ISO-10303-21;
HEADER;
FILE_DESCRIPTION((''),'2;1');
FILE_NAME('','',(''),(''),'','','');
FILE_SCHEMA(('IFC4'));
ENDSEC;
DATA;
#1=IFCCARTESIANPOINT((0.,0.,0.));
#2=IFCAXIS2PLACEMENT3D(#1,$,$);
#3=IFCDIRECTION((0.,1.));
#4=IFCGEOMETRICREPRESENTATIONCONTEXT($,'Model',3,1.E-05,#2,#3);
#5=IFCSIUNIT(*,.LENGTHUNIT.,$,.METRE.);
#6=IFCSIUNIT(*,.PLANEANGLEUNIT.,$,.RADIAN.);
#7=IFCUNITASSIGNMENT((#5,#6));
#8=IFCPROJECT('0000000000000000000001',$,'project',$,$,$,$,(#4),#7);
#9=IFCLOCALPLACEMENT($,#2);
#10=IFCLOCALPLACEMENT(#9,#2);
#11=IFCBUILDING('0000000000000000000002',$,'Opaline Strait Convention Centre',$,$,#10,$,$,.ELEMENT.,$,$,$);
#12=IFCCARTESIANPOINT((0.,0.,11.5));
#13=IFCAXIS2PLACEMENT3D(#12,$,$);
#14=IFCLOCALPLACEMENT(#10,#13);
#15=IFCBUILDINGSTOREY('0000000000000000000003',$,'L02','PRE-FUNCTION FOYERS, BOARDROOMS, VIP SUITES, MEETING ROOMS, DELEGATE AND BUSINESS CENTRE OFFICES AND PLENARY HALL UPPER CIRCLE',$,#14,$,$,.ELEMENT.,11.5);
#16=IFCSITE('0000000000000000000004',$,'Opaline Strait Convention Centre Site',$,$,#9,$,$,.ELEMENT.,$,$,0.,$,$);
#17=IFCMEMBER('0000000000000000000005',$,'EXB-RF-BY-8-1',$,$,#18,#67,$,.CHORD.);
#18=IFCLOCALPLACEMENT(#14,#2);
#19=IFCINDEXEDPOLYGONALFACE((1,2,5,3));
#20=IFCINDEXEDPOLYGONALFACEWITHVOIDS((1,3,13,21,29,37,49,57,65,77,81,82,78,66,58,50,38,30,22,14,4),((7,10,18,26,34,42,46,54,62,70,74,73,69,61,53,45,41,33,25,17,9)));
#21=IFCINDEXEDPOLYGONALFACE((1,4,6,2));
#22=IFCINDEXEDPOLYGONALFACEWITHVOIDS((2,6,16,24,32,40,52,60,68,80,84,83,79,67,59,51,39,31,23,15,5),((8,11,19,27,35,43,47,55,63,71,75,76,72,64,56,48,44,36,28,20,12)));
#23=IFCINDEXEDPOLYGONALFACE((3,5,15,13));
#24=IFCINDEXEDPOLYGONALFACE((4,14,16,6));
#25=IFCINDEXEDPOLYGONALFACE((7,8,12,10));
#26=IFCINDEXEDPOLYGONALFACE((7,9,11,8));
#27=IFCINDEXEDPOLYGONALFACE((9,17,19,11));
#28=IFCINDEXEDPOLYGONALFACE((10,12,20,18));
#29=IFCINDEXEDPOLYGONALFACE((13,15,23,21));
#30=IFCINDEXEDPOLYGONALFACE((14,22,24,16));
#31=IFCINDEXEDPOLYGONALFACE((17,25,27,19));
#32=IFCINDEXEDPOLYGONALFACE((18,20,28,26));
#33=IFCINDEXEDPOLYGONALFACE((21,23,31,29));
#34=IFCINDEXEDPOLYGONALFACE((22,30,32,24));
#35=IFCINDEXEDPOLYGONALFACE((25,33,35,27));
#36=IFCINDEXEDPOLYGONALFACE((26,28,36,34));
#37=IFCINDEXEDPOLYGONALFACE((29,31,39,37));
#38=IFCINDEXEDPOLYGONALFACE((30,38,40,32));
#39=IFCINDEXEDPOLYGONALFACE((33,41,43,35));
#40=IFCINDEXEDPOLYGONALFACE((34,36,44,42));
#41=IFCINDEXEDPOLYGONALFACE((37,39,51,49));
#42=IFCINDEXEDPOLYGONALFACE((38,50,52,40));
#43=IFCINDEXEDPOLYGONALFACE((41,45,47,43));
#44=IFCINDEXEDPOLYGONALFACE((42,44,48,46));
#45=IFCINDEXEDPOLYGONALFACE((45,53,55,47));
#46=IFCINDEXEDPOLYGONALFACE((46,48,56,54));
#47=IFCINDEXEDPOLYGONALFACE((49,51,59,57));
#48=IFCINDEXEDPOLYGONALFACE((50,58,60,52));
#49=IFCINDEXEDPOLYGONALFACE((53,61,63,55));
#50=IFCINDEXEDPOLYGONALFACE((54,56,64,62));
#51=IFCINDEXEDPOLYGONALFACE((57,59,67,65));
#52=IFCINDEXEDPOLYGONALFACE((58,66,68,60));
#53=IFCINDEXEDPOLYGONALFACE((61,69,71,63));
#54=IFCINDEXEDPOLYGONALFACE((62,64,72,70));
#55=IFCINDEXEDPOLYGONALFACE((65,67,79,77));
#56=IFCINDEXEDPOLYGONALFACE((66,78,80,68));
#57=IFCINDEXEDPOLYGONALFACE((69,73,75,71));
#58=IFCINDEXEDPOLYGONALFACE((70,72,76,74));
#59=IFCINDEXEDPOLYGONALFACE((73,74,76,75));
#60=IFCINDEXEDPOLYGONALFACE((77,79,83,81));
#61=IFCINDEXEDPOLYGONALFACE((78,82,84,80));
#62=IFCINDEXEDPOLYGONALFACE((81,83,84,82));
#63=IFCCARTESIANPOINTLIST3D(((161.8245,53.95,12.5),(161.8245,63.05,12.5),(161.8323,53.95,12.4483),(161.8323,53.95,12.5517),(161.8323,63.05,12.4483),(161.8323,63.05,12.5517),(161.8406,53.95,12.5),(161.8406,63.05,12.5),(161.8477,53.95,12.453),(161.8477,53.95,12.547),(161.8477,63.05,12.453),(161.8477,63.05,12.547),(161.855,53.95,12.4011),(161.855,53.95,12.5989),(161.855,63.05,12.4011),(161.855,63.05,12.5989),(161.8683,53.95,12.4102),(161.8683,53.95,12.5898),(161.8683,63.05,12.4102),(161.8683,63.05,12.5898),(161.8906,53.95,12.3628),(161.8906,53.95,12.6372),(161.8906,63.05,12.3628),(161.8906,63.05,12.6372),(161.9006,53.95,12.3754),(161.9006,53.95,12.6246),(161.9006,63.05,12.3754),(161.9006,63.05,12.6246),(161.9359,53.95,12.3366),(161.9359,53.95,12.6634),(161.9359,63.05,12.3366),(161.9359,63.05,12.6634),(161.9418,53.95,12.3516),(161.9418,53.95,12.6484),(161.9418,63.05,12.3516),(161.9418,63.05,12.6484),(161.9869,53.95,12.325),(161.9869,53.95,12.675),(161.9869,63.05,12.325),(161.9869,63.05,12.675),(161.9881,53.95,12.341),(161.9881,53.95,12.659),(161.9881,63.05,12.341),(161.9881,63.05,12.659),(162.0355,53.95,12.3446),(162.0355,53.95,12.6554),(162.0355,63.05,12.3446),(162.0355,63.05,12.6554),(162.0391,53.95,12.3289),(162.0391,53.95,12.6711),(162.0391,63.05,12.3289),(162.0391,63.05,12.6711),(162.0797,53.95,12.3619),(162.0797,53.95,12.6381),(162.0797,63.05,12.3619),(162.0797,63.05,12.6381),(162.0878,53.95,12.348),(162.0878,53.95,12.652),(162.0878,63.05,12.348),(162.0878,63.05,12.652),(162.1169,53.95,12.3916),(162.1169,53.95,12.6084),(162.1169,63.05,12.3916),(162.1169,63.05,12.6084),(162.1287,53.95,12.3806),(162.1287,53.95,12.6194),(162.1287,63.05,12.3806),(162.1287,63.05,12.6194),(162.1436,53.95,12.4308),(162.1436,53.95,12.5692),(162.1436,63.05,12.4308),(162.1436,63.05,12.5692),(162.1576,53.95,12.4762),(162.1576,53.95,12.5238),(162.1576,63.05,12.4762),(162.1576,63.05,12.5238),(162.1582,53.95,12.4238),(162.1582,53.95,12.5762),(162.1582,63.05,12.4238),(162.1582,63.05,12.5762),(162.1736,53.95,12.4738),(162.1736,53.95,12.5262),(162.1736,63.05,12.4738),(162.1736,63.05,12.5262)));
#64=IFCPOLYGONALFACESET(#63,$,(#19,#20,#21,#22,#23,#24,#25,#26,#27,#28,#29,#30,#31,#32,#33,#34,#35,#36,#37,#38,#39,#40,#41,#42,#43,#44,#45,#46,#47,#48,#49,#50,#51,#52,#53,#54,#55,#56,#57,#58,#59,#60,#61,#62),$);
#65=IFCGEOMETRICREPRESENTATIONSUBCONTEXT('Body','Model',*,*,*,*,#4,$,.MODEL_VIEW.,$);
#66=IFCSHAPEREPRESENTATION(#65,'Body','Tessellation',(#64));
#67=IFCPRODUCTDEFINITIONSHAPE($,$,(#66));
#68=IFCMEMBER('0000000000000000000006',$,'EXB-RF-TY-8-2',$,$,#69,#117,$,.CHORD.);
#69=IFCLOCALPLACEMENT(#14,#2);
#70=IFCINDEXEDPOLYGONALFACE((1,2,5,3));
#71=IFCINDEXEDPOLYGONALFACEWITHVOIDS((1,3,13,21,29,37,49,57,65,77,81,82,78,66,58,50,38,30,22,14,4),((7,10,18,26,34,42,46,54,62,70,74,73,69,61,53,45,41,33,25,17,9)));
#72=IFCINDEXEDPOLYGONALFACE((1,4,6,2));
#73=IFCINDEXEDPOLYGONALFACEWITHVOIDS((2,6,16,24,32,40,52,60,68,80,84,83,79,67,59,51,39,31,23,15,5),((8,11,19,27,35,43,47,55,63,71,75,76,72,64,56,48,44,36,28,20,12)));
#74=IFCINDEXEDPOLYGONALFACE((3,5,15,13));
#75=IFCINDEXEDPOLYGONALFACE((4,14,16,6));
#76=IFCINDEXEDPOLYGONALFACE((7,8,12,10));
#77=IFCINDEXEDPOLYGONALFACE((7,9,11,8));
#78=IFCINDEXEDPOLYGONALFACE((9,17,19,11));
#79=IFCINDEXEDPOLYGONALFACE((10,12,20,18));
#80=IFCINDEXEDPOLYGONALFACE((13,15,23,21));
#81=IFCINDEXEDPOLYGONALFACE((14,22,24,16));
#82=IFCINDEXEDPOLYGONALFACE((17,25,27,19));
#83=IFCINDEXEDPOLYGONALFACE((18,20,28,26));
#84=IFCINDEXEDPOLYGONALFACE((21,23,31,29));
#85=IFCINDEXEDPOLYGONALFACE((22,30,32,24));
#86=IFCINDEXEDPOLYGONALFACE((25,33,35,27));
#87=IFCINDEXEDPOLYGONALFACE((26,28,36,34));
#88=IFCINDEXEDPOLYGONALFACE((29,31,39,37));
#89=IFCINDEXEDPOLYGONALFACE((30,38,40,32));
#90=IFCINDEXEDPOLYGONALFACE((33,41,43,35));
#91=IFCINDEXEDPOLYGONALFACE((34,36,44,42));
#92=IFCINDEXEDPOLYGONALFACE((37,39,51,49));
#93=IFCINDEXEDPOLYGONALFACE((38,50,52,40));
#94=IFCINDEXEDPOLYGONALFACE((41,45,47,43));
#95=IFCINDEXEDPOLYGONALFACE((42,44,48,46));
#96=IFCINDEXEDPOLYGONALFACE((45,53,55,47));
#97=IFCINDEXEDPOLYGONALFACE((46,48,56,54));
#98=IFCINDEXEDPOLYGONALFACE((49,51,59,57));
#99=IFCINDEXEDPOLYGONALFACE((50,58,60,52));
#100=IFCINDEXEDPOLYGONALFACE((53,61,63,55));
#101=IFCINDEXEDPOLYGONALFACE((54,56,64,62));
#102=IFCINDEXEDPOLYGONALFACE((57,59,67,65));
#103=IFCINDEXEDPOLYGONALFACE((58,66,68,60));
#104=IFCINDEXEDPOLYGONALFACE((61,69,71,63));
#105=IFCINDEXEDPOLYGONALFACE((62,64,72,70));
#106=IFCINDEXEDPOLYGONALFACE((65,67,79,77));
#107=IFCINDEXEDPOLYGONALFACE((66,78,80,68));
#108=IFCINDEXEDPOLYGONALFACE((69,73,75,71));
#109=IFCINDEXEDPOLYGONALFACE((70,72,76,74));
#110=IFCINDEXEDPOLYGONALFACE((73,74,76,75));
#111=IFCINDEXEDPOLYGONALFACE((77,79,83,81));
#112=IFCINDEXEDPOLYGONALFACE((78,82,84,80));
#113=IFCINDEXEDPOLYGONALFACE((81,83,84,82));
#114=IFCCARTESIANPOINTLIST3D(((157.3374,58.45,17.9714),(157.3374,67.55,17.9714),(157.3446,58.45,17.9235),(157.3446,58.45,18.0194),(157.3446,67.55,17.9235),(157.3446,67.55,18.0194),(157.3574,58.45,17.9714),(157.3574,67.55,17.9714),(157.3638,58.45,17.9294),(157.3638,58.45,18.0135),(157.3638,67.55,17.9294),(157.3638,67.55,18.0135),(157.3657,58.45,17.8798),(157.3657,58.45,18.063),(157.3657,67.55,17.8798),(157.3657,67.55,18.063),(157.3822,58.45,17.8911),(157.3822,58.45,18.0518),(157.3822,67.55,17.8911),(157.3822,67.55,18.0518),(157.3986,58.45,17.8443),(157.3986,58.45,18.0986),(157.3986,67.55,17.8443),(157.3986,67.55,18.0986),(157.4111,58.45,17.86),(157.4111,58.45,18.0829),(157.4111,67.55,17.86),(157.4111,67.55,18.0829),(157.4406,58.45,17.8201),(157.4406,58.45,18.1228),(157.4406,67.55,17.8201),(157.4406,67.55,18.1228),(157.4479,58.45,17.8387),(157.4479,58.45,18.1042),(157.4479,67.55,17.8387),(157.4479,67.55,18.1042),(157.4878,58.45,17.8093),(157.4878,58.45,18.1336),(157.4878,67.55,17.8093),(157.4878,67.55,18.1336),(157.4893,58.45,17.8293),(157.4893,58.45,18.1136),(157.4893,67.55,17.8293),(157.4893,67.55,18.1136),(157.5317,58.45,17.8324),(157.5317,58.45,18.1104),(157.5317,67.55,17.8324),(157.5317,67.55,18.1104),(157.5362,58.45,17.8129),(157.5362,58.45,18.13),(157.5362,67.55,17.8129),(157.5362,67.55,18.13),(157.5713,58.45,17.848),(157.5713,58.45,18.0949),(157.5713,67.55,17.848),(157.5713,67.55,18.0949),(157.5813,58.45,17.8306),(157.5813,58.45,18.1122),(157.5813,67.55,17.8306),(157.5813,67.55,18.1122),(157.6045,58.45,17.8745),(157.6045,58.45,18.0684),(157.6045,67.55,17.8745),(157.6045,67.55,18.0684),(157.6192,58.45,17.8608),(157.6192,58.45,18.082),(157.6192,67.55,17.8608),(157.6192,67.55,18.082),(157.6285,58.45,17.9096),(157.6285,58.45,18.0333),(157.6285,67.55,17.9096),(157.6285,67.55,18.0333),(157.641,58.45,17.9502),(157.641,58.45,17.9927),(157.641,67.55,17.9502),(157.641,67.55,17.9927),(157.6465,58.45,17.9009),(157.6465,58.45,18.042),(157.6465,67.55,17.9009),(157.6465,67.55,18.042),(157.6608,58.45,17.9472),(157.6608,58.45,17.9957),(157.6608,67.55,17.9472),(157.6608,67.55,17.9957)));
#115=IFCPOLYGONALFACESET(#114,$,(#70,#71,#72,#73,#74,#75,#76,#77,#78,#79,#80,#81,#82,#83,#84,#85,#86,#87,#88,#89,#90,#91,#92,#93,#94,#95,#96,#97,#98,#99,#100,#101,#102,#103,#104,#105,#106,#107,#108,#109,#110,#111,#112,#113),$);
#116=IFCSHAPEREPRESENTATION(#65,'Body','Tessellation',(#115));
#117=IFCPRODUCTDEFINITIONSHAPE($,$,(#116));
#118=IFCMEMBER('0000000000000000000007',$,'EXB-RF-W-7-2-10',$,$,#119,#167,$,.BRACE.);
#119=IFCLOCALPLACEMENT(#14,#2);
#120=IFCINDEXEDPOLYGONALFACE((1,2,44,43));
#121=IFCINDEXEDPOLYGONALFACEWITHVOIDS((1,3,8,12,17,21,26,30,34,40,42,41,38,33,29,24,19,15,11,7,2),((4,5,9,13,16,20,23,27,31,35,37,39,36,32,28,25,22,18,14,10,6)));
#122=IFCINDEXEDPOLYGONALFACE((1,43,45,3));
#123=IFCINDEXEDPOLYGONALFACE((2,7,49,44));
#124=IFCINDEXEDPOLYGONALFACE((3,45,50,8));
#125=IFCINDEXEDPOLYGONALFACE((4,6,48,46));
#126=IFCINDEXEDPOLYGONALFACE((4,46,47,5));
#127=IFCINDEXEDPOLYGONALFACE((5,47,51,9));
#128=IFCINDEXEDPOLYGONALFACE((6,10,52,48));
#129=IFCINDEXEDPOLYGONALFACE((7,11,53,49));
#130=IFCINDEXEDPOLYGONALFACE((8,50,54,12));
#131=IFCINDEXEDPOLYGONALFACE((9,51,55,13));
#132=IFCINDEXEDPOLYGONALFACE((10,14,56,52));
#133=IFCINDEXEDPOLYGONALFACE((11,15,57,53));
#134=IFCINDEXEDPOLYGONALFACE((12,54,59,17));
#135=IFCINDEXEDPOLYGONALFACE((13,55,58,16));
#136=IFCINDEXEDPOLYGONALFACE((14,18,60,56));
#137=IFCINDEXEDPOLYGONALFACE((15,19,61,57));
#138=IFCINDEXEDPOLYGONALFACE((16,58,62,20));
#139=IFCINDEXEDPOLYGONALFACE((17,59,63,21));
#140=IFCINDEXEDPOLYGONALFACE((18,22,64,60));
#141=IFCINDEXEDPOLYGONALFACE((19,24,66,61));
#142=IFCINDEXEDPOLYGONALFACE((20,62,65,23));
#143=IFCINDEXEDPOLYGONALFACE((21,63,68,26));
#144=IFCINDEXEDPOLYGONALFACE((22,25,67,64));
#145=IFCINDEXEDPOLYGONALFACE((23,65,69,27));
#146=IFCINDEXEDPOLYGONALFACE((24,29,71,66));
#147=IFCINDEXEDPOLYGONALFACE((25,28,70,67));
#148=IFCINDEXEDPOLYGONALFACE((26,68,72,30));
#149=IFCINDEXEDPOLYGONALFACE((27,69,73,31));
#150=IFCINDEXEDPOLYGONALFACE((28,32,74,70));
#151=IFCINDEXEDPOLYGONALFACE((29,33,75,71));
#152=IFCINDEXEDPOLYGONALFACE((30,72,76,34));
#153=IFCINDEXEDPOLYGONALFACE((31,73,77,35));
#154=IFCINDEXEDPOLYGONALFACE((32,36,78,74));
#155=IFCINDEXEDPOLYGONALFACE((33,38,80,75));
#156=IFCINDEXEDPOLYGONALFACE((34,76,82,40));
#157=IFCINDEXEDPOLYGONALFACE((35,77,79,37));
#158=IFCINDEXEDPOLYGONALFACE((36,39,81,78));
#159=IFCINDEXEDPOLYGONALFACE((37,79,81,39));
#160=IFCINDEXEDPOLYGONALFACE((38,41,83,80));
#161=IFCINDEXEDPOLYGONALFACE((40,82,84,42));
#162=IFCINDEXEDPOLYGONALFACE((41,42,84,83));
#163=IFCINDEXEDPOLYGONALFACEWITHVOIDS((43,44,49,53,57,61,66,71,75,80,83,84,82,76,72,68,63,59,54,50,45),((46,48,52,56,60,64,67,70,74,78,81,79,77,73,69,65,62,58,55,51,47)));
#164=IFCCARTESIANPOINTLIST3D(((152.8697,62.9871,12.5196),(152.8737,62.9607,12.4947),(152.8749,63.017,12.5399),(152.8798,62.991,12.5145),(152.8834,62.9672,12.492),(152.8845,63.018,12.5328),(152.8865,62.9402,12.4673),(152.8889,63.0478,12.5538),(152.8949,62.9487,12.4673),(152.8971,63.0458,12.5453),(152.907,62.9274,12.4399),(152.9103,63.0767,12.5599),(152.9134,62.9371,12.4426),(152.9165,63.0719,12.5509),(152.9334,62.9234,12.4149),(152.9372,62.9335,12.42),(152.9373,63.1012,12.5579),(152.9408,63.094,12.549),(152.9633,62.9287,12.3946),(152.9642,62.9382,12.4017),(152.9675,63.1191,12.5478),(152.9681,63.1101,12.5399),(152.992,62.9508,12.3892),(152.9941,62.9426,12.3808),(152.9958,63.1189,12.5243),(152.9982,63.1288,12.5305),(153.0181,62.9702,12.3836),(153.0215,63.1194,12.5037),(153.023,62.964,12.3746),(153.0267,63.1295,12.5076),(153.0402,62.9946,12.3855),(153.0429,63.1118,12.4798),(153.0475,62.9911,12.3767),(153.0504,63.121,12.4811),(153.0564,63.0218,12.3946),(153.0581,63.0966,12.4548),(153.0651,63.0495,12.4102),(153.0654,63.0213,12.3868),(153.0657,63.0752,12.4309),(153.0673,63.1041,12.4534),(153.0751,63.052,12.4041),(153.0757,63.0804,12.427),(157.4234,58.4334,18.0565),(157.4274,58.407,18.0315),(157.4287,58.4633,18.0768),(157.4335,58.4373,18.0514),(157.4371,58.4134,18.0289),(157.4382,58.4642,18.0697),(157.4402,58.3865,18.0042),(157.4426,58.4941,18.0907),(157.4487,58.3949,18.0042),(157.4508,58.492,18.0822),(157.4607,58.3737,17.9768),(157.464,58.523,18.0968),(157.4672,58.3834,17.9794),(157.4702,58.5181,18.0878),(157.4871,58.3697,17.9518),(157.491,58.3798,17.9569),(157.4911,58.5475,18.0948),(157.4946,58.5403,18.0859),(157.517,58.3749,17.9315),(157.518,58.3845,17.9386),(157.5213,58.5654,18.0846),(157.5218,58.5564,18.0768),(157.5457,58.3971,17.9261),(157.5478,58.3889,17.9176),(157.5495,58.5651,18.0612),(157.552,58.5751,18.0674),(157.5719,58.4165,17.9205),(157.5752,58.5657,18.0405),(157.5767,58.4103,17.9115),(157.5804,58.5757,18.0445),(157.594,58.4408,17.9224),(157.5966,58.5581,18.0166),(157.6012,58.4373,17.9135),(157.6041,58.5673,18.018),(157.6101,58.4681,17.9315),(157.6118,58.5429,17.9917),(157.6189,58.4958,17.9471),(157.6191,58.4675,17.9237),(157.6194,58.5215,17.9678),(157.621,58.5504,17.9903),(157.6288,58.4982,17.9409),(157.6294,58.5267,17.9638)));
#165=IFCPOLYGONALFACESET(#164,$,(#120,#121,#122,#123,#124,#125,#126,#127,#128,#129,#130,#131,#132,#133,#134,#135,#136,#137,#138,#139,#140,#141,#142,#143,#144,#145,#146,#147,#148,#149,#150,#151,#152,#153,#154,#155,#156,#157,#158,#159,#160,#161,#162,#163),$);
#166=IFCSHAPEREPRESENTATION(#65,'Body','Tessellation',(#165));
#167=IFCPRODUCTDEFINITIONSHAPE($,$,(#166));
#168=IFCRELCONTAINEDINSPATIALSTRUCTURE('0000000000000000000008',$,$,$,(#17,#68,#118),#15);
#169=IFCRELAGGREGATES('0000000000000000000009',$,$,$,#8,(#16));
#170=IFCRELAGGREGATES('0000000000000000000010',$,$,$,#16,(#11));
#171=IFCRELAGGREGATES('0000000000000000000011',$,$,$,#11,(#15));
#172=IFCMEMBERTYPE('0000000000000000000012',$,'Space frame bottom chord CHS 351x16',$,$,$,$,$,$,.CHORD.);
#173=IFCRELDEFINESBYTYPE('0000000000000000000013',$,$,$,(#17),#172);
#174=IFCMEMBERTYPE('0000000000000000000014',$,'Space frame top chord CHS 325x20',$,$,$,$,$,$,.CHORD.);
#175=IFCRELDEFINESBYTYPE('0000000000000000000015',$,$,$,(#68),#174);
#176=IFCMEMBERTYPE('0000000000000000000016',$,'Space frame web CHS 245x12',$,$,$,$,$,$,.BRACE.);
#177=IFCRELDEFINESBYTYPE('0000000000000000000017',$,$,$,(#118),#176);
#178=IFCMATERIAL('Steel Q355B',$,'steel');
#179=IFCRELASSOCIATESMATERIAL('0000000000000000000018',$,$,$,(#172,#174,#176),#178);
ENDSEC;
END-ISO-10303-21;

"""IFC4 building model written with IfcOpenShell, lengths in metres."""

from ifc_helpers import new_model, si_unit, direction, frame, origin, origin_2d, place, context, subcontext, project, spatial, hollow_circle, extrude, material, material_profile, profile_set, type_object, element, save


model = new_model("IFC4")

# Units and contexts
model_context = context("Model", 3, precision=1e-05, world=origin(), true_north=direction((0.0, 1.0)))
body_context = subcontext(model_context, "Body", "Model", "MODEL_VIEW")
ifc_project = project(units=[si_unit("LENGTHUNIT", "METRE"), si_unit("PLANEANGLEUNIT", "RADIAN")], contexts=[model_context])

# Site, building, storey
site_placement = place(None, origin())
site = spatial("IfcSite", under=ifc_project, at=site_placement, Name="Opaline Strait Convention Centre Site", CompositionType="ELEMENT", RefElevation=0.0)
building_placement = place(site_placement, origin())
building = spatial("IfcBuilding", under=site, at=building_placement, Name="Opaline Strait Convention Centre", CompositionType="ELEMENT")
storey_placement = place(building_placement, frame((0.0, 0.0, 11.5)))
storey = spatial("IfcBuildingStorey", under=building, at=storey_placement, Name="L02", Description="PRE-FUNCTION FOYERS, BOARDROOMS, VIP SUITES, MEETING ROOMS, DELEGATE AND BUSINESS CENTRE OFFICES AND PLENARY HALL UPPER CIRCLE", CompositionType="ELEMENT", Elevation=11.5)

# Members
ifc_material_1 = material(Name="Steel Q355B", Category="steel")
ifc_material_profile_1 = material_profile(ifc_material_1, hollow_circle(Radius=0.1755, WallThickness=0.0161, at=origin_2d()), Name="CHS 351x16")
ifc_profile_set_1 = profile_set([ifc_material_profile_1], Name="Steel Q355B")
member_type_1 = type_object("IfcMemberType", Name="Space frame bottom chord CHS 351x16", PredefinedType="CHORD", material=ifc_profile_set_1)
for number, where, z_axis, x_axis, name in (
    (1, (162.0, 53.95, 12.5), (0.0, 1.0, 0.0), (-1.0, 0.0, 0.0), "EXB-RF-BY-8-1"),
):
    element("IfcMember", number, at=place(storey_placement, frame(where, z_axis=z_axis, x_axis=x_axis)), inside=storey, type_object=member_type_1, Name=name, PredefinedType="CHORD", context=body_context, shape_type="SweptSolid", body=[
        extrude(hollow_circle(Radius=0.1755, WallThickness=0.0161, at=origin_2d()), origin(), (0.0, 0.0, 1.0), 9.1001),
    ])
ifc_material_profile_2 = material_profile(ifc_material_1, hollow_circle(Radius=0.1626, WallThickness=0.02, at=origin_2d()), Name="CHS 325x20")
ifc_profile_set_2 = profile_set([ifc_material_profile_2], Name="Steel Q355B")
member_type_2 = type_object("IfcMemberType", Name="Space frame top chord CHS 325x20", PredefinedType="CHORD", material=ifc_profile_set_2)
member_1_placement = place(storey_placement, frame((157.5, 58.45, 17.9714), z_axis=(0.0, 1.0, 0.0), x_axis=(-1.0, 0.0, 0.0)))
element("IfcMember", 2, at=member_1_placement, inside=storey, type_object=member_type_2, Name="EXB-RF-TY-8-2", PredefinedType="CHORD", context=body_context, shape_type="SweptSolid", body=[
    extrude(hollow_circle(Radius=0.1626, WallThickness=0.02, at=origin_2d()), origin(), (0.0, 0.0, 1.0), 9.1001),
])
ifc_material_profile_3 = material_profile(ifc_material_1, hollow_circle(Radius=0.1226, WallThickness=0.012, at=origin_2d()), Name="CHS 245x12")
ifc_profile_set_3 = profile_set([ifc_material_profile_3], Name="Steel Q355B")
member_type_3 = type_object("IfcMemberType", Name="Space frame web CHS 245x12", PredefinedType="BRACE", material=ifc_profile_set_3)
for number, where, z_axis, x_axis, name in (
    (3, (157.5269, 58.4731, 18.0042), (-0.536178, 0.536178, -0.65194), (-0.707107, -0.707107, 0.0), "EXB-RF-W-7-2-10"),
):
    element("IfcMember", number, at=place(storey_placement, frame(where, z_axis=z_axis, x_axis=x_axis)), inside=storey, type_object=member_type_3, Name=name, PredefinedType="BRACE", context=body_context, shape_type="SweptSolid", body=[
        extrude(hollow_circle(Radius=0.1226, WallThickness=0.012, at=origin_2d()), origin(), (0.0, 0.0, 1.0), 8.4929),
    ])

save(model, "model.ifc")
